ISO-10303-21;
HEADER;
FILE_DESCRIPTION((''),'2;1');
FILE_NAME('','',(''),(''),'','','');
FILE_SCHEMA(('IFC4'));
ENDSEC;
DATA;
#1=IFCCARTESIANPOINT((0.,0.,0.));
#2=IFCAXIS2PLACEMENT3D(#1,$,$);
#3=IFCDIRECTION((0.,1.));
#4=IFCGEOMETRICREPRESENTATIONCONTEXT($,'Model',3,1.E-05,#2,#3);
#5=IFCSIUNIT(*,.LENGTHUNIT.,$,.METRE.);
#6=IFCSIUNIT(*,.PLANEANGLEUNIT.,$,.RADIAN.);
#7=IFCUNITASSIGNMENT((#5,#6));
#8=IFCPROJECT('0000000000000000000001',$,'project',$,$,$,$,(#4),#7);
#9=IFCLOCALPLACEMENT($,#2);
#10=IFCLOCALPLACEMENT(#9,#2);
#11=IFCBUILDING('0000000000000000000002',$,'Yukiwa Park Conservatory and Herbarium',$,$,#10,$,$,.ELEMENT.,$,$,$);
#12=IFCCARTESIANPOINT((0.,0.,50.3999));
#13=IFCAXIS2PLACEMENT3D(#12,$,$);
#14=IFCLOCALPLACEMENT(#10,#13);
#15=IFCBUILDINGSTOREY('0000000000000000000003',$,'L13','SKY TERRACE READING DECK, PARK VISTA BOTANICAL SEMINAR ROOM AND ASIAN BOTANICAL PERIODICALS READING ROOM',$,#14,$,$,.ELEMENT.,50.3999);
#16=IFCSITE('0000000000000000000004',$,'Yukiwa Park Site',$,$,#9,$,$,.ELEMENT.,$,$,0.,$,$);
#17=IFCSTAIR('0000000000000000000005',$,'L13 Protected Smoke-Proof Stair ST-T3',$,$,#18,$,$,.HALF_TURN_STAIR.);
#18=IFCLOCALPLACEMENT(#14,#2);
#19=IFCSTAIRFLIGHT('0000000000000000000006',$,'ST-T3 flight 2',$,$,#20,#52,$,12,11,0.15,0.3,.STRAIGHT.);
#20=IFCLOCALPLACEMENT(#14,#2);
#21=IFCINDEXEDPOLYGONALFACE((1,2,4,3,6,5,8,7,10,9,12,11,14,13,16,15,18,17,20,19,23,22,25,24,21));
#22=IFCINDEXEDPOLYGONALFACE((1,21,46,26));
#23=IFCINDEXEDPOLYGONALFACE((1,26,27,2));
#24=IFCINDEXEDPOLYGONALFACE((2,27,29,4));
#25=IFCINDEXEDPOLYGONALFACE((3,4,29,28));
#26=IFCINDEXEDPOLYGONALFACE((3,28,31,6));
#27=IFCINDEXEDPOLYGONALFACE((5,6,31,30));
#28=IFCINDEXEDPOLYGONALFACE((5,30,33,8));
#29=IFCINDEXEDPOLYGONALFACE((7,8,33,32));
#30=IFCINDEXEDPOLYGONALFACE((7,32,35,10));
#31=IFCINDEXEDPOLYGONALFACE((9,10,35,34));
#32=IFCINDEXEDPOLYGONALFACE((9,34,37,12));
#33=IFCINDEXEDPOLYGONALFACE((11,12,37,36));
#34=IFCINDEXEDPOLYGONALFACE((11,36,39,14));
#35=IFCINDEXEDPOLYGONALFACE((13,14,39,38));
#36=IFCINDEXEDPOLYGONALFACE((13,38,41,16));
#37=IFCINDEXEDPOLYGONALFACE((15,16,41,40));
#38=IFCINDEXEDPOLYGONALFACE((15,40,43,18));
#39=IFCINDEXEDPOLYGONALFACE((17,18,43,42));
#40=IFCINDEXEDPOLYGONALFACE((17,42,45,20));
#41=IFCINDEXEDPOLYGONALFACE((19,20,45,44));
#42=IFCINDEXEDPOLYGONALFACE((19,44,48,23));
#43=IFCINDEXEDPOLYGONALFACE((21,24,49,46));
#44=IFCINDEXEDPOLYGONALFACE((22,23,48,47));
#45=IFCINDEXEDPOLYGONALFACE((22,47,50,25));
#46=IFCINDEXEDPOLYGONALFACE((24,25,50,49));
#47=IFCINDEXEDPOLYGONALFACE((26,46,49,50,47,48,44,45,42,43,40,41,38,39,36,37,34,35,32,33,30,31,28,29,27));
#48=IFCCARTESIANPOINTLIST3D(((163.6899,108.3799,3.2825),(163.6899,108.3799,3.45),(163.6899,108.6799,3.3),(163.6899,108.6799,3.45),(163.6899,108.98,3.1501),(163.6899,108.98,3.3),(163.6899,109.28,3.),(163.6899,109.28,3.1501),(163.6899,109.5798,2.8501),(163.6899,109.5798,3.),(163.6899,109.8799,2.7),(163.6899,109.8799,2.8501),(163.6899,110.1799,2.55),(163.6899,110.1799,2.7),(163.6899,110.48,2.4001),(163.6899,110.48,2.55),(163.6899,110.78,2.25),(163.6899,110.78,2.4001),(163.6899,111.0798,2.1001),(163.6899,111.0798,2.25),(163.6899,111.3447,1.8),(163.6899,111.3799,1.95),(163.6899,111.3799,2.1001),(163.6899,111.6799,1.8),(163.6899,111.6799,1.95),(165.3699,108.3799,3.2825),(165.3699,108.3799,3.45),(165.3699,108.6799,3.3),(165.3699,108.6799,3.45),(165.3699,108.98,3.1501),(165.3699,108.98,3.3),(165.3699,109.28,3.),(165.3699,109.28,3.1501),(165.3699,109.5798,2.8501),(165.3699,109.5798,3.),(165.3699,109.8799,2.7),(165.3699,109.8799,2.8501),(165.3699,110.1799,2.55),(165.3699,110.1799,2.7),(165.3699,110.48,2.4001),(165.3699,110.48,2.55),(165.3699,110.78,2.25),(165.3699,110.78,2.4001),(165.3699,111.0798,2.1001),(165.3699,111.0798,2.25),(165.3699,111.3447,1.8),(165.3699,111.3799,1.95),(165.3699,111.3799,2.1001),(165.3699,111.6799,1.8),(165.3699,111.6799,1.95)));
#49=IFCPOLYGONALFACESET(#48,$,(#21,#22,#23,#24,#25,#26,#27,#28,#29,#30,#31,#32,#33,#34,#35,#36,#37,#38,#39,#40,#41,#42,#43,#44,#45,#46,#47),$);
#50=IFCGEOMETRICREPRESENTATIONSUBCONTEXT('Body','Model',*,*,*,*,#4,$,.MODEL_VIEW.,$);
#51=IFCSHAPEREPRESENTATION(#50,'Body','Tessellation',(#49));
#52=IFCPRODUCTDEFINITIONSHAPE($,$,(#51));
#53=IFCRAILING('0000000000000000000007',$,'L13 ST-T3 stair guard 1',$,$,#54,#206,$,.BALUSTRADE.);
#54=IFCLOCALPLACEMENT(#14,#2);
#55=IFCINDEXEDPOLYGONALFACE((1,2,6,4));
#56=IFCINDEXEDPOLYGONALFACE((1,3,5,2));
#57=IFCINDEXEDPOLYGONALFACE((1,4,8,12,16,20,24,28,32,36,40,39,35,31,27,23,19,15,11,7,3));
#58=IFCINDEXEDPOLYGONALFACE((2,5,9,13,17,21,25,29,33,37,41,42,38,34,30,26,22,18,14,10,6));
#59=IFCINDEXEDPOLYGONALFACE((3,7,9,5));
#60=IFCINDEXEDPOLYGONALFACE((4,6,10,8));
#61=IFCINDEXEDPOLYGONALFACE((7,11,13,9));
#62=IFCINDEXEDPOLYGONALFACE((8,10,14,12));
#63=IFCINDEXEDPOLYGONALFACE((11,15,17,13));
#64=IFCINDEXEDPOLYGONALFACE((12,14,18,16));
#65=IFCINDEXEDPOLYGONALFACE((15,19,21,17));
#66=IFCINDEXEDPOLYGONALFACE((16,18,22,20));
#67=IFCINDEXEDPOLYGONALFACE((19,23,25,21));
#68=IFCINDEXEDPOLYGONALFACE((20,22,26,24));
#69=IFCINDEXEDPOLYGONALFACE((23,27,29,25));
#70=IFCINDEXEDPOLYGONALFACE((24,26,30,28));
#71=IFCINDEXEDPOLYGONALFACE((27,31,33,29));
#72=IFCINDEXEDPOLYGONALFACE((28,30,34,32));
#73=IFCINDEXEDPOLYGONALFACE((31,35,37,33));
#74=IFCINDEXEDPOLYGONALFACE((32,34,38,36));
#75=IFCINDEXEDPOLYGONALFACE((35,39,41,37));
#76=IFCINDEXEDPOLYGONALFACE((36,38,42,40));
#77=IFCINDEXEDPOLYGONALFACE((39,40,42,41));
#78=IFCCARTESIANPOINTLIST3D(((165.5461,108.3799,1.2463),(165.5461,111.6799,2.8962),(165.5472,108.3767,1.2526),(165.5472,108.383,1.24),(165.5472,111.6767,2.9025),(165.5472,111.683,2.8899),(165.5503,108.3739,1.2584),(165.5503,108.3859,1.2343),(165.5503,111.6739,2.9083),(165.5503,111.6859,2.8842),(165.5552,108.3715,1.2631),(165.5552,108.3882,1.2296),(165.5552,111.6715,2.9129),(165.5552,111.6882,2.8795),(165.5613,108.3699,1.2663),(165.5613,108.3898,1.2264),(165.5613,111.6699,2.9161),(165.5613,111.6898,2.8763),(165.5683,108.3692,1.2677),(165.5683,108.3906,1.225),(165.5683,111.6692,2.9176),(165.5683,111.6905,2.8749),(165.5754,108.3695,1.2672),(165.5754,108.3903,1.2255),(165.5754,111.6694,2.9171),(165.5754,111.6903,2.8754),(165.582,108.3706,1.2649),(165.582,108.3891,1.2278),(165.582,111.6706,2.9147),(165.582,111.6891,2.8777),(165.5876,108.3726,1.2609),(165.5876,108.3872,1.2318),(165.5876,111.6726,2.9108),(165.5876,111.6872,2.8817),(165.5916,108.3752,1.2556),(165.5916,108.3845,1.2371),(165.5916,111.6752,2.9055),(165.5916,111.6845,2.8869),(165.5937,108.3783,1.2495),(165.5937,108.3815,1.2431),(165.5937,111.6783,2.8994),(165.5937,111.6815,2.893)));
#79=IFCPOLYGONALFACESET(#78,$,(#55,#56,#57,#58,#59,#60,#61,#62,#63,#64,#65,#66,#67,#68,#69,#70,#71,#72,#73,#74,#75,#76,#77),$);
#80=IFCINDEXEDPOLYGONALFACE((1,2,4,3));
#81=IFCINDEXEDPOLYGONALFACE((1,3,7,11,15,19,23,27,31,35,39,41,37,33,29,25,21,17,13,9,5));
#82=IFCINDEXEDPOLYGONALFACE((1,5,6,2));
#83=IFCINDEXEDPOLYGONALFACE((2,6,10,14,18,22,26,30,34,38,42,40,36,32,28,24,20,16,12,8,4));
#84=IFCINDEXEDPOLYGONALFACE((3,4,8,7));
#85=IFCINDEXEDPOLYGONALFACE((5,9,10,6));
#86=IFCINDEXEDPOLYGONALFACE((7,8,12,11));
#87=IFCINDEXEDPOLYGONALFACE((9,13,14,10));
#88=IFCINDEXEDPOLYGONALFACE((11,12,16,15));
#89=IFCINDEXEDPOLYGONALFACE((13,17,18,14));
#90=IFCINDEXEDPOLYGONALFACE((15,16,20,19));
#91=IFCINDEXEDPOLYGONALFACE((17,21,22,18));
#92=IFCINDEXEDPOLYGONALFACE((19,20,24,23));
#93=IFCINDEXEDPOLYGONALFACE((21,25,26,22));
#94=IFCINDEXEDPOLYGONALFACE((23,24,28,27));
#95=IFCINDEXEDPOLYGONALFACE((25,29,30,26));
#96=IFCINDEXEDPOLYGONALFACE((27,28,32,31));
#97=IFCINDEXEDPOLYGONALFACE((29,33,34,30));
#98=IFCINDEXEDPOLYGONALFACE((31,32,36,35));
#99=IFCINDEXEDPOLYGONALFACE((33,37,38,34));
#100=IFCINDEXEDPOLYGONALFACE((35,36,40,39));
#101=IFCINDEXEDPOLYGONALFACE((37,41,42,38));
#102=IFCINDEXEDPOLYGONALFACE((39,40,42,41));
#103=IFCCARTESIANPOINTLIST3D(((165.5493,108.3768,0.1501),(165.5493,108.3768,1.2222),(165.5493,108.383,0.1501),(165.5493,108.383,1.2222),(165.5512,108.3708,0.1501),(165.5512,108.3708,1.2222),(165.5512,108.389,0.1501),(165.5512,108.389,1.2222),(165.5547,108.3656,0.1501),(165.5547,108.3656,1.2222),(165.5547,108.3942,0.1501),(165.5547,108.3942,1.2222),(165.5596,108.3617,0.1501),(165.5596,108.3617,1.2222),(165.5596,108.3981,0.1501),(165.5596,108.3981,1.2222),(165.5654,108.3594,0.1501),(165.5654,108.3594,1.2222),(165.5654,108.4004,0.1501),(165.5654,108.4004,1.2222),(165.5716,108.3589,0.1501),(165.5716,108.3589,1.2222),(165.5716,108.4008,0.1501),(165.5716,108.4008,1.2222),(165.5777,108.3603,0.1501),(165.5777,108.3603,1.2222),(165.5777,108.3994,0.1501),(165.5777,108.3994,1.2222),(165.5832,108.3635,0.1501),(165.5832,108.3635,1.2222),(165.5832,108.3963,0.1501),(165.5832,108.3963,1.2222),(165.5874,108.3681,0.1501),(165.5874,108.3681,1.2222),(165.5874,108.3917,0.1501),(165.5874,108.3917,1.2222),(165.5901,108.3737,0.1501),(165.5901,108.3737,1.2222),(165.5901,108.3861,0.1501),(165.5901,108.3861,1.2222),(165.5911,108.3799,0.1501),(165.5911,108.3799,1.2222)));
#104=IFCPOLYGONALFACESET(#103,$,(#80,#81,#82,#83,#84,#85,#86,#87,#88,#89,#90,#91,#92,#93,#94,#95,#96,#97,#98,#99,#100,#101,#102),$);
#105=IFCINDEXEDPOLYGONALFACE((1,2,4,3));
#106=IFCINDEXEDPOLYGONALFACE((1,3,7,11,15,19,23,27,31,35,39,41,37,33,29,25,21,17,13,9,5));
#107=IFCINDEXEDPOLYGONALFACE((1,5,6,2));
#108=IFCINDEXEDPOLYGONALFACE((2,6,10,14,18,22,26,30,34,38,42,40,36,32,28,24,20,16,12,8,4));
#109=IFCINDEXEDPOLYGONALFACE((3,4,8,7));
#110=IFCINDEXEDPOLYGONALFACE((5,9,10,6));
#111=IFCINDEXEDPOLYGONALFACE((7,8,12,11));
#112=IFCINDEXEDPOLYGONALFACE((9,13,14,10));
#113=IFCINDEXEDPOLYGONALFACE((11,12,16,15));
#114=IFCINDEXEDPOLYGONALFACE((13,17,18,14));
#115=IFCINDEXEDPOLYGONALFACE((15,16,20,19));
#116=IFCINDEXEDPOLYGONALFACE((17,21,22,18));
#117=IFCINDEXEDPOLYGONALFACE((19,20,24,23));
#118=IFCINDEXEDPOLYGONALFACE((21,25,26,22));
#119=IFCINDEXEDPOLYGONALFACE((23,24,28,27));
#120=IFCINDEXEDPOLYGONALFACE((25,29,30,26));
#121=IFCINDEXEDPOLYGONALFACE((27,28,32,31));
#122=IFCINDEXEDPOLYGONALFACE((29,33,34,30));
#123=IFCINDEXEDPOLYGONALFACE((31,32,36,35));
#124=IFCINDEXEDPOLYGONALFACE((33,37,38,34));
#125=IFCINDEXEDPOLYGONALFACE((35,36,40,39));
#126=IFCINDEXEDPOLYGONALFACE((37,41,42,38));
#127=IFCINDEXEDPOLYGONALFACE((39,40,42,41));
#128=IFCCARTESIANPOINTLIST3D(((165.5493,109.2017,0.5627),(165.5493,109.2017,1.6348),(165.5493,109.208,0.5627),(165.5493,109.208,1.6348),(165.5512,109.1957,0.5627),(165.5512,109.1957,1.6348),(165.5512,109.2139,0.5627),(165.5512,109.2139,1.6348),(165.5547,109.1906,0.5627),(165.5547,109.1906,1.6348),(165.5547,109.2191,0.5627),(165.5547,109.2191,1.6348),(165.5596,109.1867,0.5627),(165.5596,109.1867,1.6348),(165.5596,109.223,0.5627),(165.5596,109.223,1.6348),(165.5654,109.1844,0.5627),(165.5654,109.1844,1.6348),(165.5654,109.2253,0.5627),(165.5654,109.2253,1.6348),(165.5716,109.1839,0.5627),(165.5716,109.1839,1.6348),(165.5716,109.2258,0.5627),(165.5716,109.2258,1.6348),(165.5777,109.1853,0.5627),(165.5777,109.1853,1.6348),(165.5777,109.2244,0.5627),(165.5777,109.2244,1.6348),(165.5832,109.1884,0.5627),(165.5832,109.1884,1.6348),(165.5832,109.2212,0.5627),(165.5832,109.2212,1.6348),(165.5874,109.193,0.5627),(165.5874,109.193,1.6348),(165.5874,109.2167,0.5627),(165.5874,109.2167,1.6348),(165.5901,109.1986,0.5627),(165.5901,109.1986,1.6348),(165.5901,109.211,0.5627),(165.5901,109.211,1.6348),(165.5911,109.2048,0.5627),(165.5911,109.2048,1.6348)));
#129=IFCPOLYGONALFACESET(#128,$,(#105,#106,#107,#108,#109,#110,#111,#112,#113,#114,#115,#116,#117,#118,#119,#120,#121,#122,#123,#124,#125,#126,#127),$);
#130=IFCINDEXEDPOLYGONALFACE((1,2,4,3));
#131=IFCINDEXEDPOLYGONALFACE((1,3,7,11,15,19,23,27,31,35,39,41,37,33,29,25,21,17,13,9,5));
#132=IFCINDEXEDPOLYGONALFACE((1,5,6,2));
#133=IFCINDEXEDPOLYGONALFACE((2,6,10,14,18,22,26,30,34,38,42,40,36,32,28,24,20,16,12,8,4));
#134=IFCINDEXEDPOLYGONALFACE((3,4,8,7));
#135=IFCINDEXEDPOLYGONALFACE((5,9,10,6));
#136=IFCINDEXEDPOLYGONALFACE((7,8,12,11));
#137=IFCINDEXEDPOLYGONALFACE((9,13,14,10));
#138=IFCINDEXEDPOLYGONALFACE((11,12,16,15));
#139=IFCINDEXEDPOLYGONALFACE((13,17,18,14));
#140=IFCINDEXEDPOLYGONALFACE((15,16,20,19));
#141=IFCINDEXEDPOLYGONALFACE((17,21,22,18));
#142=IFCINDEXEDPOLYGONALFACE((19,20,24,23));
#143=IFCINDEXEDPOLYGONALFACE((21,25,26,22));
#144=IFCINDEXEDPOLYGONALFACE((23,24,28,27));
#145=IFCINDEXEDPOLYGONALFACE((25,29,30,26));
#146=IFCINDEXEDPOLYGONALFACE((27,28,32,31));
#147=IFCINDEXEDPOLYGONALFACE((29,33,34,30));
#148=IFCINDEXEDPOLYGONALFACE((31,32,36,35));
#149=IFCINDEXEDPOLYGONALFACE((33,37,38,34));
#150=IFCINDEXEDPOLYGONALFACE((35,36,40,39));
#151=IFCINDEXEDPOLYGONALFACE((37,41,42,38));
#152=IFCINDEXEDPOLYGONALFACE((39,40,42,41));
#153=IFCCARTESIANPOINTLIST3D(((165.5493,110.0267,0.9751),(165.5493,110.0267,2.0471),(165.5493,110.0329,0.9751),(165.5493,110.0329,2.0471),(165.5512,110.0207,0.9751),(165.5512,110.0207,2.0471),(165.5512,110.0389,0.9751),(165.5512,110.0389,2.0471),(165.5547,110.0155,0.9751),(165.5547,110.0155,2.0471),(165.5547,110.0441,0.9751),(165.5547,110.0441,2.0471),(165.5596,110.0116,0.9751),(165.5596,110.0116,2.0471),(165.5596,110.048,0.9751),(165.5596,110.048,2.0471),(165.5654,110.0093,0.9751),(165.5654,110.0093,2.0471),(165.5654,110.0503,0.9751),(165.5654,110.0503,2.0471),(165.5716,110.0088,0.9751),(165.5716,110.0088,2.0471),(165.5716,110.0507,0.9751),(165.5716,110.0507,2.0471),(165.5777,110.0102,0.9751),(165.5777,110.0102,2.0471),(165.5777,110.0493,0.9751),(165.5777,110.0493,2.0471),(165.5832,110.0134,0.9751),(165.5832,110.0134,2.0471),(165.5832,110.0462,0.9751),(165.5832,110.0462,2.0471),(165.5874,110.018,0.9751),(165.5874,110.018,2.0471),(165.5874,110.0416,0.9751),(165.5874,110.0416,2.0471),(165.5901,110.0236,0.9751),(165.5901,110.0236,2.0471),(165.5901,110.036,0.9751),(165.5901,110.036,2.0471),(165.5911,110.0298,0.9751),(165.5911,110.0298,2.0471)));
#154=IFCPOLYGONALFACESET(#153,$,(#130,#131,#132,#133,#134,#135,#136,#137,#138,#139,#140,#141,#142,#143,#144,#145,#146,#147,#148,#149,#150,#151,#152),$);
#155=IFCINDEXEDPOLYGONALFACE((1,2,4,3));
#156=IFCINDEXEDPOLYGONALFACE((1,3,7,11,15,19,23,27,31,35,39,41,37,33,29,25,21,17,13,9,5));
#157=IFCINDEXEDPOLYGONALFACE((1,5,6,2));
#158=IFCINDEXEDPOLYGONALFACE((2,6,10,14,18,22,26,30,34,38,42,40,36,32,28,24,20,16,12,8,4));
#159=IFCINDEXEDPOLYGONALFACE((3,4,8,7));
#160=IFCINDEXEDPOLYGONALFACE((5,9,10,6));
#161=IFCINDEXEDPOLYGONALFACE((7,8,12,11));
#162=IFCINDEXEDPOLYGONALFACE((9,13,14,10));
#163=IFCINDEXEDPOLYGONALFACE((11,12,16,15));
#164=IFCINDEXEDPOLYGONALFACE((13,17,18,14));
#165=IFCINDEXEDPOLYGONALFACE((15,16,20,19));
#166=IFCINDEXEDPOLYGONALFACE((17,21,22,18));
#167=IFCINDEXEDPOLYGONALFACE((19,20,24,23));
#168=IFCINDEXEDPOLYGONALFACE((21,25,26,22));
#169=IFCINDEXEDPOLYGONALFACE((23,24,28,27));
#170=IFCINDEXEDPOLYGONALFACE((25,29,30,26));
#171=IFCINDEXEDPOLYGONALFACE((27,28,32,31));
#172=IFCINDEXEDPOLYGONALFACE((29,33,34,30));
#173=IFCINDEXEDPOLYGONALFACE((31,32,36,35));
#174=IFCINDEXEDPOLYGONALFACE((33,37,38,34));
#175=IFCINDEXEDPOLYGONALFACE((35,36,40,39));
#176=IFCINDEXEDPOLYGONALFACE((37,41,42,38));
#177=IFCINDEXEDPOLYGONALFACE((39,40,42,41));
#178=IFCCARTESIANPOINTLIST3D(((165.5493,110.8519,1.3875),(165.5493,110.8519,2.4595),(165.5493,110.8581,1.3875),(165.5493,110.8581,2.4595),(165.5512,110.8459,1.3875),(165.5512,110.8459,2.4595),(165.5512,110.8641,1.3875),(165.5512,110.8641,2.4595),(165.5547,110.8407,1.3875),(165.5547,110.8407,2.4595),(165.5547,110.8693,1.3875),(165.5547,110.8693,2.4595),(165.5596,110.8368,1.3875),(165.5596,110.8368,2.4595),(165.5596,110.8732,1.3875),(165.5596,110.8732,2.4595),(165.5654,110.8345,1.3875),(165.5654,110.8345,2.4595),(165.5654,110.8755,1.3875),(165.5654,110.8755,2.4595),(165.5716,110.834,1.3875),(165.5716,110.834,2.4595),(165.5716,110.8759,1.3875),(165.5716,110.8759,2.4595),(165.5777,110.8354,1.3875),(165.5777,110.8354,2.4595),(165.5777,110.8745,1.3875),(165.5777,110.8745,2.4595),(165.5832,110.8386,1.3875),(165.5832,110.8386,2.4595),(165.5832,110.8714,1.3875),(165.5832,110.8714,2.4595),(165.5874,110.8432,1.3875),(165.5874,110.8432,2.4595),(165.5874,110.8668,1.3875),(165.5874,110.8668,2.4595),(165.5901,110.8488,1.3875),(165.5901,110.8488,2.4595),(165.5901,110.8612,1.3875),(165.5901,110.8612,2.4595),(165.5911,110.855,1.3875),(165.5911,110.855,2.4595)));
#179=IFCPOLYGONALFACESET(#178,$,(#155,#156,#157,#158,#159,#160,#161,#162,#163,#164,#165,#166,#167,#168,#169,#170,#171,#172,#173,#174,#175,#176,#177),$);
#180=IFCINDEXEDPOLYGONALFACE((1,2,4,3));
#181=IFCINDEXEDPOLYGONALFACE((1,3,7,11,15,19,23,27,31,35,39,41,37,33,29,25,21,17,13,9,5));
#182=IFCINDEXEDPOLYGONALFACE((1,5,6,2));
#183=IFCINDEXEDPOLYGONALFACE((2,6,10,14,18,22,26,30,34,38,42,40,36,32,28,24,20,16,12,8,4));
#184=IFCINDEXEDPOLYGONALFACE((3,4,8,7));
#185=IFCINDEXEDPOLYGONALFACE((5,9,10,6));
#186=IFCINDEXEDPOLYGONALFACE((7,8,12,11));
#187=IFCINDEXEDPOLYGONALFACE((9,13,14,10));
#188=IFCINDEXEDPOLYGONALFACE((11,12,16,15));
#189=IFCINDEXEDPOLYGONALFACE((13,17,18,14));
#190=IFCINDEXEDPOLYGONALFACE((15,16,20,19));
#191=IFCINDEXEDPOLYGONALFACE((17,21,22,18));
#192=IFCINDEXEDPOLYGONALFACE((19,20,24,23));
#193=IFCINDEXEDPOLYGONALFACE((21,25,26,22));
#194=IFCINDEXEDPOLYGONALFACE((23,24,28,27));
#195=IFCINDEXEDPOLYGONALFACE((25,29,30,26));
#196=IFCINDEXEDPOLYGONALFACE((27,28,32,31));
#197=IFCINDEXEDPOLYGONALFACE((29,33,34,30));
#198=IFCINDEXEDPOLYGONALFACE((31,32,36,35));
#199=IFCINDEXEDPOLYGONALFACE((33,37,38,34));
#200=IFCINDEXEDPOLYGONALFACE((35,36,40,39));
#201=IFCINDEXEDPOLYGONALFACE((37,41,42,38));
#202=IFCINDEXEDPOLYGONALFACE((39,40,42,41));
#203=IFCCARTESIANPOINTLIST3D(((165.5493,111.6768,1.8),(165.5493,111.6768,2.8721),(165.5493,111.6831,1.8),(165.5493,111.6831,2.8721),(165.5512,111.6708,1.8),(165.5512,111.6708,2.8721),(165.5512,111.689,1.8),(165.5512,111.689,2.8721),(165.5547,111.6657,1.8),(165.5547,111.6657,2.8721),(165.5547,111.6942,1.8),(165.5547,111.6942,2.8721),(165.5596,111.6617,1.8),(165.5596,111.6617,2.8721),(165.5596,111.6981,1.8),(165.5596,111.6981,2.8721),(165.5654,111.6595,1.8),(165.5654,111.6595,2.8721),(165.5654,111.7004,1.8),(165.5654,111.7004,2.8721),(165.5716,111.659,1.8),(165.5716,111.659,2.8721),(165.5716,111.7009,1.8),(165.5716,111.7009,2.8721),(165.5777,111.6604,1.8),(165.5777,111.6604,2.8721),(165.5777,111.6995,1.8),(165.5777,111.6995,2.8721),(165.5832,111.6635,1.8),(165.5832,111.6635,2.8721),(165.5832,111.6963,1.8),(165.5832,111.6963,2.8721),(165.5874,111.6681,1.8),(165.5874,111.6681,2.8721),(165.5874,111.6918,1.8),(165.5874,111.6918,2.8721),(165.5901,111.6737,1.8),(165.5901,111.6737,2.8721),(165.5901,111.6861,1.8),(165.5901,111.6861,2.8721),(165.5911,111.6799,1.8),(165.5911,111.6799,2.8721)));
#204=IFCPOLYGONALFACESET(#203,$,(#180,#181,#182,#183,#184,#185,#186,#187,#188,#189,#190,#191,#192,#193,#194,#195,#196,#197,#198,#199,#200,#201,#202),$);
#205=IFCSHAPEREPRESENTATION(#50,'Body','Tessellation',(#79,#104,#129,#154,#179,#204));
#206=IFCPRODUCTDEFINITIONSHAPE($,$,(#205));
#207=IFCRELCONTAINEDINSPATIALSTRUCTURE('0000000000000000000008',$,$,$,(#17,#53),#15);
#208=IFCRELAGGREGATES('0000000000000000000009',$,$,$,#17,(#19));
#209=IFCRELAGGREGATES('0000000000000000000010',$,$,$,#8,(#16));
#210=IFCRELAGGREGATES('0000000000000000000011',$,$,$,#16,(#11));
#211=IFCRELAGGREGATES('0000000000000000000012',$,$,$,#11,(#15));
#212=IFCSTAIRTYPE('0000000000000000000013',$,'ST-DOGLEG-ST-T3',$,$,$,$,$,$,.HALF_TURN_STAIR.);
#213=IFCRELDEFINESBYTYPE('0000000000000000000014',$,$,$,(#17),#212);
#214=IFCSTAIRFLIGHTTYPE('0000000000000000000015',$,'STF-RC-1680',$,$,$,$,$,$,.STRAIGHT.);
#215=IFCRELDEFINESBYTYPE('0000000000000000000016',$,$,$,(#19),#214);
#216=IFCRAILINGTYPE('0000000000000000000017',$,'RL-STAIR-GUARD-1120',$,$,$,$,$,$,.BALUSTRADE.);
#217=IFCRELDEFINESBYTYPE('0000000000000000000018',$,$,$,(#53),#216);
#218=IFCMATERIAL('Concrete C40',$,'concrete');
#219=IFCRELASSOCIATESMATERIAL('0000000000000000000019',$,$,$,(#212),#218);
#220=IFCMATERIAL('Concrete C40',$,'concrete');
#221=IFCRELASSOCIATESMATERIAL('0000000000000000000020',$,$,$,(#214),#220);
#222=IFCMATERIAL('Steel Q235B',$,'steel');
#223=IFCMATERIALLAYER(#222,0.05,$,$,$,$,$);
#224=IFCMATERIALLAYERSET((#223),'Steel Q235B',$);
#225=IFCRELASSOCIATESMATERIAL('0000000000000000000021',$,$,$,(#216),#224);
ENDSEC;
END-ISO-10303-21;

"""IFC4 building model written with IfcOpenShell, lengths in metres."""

from ifc_helpers import new_model, si_unit, direction, frame, origin, origin_2d, place, context, subcontext, project, spatial, polyline, circle, outline, extrude, material, layer, layer_set, type_object, element, aggregate, save


model = new_model("IFC4")

# Units and contexts
model_context = context("Model", 3, precision=1e-05, world=origin(), true_north=direction((0.0, 1.0)))
body_context = subcontext(model_context, "Body", "Model", "MODEL_VIEW")
ifc_project = project(units=[si_unit("LENGTHUNIT", "METRE"), si_unit("PLANEANGLEUNIT", "RADIAN")], contexts=[model_context])

# Site, building, storey
site_placement = place(None, origin())
site = spatial("IfcSite", under=ifc_project, at=site_placement, Name="Yukiwa Park Site", CompositionType="ELEMENT", RefElevation=0.0)
building_placement = place(site_placement, origin())
building = spatial("IfcBuilding", under=site, at=building_placement, Name="Yukiwa Park Conservatory and Herbarium", CompositionType="ELEMENT")
storey_placement = place(building_placement, frame((0.0, 0.0, 50.3999)))
storey = spatial("IfcBuildingStorey", under=building, at=storey_placement, Name="L13", Description="SKY TERRACE READING DECK, PARK VISTA BOTANICAL SEMINAR ROOM AND ASIAN BOTANICAL PERIODICALS READING ROOM", CompositionType="ELEMENT", Elevation=50.3999)

# Stair, stair flight
ifc_material_1 = material(Name="Concrete C40", Category="concrete")
stair_type = type_object("IfcStairType", Name="ST-DOGLEG-ST-T3", PredefinedType="HALF_TURN_STAIR", material=ifc_material_1)
stair_placement = place(storey_placement, origin())
stair = element("IfcStair", 1, at=stair_placement, inside=storey, type_object=stair_type, Name="L13 Protected Smoke-Proof Stair ST-T3", PredefinedType="HALF_TURN_STAIR")
ifc_material_2 = material(Name="Concrete C40", Category="concrete")
stair_flight_type = type_object("IfcStairFlightType", Name="STF-RC-1680", PredefinedType="STRAIGHT", material=ifc_material_2)
stair_flight_1_placement = place(storey_placement, frame((164.53, 111.6799, 1.8), z_axis=(0.0, 0.0, 1.0), x_axis=(0.0, -1.0, 0.0)))
stair_flight_1 = element("IfcStairFlight", 2, at=stair_flight_1_placement, type_object=stair_flight_type, Name="ST-T3 flight 2", NumberOfRisers=12, NumberOfTreads=11, PredefinedType="STRAIGHT", RiserHeight=0.15, TreadLength=0.3, context=body_context, shape_type="SweptSolid", body=[
    extrude(outline(polyline([(0.0, 0.0), (0.0, 0.1499), (0.3, 0.1499), (0.3, 0.3), (0.6001, 0.3), (0.6001, 0.45), (0.8999, 0.45), (0.8999, 0.6001), (1.2, 0.6001), (1.2, 0.75), (1.5, 0.75), (1.5, 0.8999), (1.8, 0.8999), (1.8, 1.05), (2.1001, 1.05), (2.1001, 1.2), (2.3999, 1.2), (2.3999, 1.3501), (2.7, 1.3501), (2.7, 1.5), (3.0, 1.5), (3.0, 1.6499), (3.3, 1.6499), (3.3, 1.8), (3.3, 1.4824), (0.3352, 0.0), (0.0, 0.0)])), frame((0.0, 0.8398, 0.0), z_axis=(0.0, -1.0, 0.0), x_axis=(1.0, 0.0, 0.0)), (0.0, 0.0, 1.0), 1.6799),
])
aggregate(stair, [stair_flight_1])

# Railing
ifc_material_3 = material(Name="Steel Q235B", Category="steel")
ifc_layer_1 = layer(ifc_material_3, 0.05)
ifc_layer_set_1 = layer_set([ifc_layer_1], Name="Steel Q235B")
railing_type_1 = type_object("IfcRailingType", Name="RL-STAIR-GUARD-1120", PredefinedType="BALUSTRADE", material=ifc_layer_set_1)
railing_1_placement = place(storey_placement, frame((165.5701, 108.3799, 0.1501)))
element("IfcRailing", 3, at=railing_1_placement, inside=storey, type_object=railing_type_1, Name="L13 ST-T3 stair guard 1", PredefinedType="BALUSTRADE", context=body_context, shape_type="SweptSolid", body=[
    extrude(circle(Radius=0.0239, at=origin_2d()), frame((0.0, 0.0, 1.0962), z_axis=(0.0, 0.89444, 0.447187), x_axis=(-1.0, 0.0, 0.0)), (0.0, 0.0, 1.0), 3.6895),
    extrude(circle(Radius=0.021, at=origin_2d()), origin(), (0.0, 0.0, 1.0), 1.072),
    extrude(circle(Radius=0.021, at=origin_2d()), frame((0.0, 0.825, 0.4126)), (0.0, 0.0, 1.0), 1.072),
    extrude(circle(Radius=0.021, at=origin_2d()), frame((0.0, 1.6499, 0.825)), (0.0, 0.0, 1.0), 1.072),
    extrude(circle(Radius=0.021, at=origin_2d()), frame((0.0, 2.4751, 1.2373)), (0.0, 0.0, 1.0), 1.072),
    extrude(circle(Radius=0.021, at=origin_2d()), frame((0.0, 3.3, 1.6499)), (0.0, 0.0, 1.0), 1.072),
])

save(model, "model.ifc")
